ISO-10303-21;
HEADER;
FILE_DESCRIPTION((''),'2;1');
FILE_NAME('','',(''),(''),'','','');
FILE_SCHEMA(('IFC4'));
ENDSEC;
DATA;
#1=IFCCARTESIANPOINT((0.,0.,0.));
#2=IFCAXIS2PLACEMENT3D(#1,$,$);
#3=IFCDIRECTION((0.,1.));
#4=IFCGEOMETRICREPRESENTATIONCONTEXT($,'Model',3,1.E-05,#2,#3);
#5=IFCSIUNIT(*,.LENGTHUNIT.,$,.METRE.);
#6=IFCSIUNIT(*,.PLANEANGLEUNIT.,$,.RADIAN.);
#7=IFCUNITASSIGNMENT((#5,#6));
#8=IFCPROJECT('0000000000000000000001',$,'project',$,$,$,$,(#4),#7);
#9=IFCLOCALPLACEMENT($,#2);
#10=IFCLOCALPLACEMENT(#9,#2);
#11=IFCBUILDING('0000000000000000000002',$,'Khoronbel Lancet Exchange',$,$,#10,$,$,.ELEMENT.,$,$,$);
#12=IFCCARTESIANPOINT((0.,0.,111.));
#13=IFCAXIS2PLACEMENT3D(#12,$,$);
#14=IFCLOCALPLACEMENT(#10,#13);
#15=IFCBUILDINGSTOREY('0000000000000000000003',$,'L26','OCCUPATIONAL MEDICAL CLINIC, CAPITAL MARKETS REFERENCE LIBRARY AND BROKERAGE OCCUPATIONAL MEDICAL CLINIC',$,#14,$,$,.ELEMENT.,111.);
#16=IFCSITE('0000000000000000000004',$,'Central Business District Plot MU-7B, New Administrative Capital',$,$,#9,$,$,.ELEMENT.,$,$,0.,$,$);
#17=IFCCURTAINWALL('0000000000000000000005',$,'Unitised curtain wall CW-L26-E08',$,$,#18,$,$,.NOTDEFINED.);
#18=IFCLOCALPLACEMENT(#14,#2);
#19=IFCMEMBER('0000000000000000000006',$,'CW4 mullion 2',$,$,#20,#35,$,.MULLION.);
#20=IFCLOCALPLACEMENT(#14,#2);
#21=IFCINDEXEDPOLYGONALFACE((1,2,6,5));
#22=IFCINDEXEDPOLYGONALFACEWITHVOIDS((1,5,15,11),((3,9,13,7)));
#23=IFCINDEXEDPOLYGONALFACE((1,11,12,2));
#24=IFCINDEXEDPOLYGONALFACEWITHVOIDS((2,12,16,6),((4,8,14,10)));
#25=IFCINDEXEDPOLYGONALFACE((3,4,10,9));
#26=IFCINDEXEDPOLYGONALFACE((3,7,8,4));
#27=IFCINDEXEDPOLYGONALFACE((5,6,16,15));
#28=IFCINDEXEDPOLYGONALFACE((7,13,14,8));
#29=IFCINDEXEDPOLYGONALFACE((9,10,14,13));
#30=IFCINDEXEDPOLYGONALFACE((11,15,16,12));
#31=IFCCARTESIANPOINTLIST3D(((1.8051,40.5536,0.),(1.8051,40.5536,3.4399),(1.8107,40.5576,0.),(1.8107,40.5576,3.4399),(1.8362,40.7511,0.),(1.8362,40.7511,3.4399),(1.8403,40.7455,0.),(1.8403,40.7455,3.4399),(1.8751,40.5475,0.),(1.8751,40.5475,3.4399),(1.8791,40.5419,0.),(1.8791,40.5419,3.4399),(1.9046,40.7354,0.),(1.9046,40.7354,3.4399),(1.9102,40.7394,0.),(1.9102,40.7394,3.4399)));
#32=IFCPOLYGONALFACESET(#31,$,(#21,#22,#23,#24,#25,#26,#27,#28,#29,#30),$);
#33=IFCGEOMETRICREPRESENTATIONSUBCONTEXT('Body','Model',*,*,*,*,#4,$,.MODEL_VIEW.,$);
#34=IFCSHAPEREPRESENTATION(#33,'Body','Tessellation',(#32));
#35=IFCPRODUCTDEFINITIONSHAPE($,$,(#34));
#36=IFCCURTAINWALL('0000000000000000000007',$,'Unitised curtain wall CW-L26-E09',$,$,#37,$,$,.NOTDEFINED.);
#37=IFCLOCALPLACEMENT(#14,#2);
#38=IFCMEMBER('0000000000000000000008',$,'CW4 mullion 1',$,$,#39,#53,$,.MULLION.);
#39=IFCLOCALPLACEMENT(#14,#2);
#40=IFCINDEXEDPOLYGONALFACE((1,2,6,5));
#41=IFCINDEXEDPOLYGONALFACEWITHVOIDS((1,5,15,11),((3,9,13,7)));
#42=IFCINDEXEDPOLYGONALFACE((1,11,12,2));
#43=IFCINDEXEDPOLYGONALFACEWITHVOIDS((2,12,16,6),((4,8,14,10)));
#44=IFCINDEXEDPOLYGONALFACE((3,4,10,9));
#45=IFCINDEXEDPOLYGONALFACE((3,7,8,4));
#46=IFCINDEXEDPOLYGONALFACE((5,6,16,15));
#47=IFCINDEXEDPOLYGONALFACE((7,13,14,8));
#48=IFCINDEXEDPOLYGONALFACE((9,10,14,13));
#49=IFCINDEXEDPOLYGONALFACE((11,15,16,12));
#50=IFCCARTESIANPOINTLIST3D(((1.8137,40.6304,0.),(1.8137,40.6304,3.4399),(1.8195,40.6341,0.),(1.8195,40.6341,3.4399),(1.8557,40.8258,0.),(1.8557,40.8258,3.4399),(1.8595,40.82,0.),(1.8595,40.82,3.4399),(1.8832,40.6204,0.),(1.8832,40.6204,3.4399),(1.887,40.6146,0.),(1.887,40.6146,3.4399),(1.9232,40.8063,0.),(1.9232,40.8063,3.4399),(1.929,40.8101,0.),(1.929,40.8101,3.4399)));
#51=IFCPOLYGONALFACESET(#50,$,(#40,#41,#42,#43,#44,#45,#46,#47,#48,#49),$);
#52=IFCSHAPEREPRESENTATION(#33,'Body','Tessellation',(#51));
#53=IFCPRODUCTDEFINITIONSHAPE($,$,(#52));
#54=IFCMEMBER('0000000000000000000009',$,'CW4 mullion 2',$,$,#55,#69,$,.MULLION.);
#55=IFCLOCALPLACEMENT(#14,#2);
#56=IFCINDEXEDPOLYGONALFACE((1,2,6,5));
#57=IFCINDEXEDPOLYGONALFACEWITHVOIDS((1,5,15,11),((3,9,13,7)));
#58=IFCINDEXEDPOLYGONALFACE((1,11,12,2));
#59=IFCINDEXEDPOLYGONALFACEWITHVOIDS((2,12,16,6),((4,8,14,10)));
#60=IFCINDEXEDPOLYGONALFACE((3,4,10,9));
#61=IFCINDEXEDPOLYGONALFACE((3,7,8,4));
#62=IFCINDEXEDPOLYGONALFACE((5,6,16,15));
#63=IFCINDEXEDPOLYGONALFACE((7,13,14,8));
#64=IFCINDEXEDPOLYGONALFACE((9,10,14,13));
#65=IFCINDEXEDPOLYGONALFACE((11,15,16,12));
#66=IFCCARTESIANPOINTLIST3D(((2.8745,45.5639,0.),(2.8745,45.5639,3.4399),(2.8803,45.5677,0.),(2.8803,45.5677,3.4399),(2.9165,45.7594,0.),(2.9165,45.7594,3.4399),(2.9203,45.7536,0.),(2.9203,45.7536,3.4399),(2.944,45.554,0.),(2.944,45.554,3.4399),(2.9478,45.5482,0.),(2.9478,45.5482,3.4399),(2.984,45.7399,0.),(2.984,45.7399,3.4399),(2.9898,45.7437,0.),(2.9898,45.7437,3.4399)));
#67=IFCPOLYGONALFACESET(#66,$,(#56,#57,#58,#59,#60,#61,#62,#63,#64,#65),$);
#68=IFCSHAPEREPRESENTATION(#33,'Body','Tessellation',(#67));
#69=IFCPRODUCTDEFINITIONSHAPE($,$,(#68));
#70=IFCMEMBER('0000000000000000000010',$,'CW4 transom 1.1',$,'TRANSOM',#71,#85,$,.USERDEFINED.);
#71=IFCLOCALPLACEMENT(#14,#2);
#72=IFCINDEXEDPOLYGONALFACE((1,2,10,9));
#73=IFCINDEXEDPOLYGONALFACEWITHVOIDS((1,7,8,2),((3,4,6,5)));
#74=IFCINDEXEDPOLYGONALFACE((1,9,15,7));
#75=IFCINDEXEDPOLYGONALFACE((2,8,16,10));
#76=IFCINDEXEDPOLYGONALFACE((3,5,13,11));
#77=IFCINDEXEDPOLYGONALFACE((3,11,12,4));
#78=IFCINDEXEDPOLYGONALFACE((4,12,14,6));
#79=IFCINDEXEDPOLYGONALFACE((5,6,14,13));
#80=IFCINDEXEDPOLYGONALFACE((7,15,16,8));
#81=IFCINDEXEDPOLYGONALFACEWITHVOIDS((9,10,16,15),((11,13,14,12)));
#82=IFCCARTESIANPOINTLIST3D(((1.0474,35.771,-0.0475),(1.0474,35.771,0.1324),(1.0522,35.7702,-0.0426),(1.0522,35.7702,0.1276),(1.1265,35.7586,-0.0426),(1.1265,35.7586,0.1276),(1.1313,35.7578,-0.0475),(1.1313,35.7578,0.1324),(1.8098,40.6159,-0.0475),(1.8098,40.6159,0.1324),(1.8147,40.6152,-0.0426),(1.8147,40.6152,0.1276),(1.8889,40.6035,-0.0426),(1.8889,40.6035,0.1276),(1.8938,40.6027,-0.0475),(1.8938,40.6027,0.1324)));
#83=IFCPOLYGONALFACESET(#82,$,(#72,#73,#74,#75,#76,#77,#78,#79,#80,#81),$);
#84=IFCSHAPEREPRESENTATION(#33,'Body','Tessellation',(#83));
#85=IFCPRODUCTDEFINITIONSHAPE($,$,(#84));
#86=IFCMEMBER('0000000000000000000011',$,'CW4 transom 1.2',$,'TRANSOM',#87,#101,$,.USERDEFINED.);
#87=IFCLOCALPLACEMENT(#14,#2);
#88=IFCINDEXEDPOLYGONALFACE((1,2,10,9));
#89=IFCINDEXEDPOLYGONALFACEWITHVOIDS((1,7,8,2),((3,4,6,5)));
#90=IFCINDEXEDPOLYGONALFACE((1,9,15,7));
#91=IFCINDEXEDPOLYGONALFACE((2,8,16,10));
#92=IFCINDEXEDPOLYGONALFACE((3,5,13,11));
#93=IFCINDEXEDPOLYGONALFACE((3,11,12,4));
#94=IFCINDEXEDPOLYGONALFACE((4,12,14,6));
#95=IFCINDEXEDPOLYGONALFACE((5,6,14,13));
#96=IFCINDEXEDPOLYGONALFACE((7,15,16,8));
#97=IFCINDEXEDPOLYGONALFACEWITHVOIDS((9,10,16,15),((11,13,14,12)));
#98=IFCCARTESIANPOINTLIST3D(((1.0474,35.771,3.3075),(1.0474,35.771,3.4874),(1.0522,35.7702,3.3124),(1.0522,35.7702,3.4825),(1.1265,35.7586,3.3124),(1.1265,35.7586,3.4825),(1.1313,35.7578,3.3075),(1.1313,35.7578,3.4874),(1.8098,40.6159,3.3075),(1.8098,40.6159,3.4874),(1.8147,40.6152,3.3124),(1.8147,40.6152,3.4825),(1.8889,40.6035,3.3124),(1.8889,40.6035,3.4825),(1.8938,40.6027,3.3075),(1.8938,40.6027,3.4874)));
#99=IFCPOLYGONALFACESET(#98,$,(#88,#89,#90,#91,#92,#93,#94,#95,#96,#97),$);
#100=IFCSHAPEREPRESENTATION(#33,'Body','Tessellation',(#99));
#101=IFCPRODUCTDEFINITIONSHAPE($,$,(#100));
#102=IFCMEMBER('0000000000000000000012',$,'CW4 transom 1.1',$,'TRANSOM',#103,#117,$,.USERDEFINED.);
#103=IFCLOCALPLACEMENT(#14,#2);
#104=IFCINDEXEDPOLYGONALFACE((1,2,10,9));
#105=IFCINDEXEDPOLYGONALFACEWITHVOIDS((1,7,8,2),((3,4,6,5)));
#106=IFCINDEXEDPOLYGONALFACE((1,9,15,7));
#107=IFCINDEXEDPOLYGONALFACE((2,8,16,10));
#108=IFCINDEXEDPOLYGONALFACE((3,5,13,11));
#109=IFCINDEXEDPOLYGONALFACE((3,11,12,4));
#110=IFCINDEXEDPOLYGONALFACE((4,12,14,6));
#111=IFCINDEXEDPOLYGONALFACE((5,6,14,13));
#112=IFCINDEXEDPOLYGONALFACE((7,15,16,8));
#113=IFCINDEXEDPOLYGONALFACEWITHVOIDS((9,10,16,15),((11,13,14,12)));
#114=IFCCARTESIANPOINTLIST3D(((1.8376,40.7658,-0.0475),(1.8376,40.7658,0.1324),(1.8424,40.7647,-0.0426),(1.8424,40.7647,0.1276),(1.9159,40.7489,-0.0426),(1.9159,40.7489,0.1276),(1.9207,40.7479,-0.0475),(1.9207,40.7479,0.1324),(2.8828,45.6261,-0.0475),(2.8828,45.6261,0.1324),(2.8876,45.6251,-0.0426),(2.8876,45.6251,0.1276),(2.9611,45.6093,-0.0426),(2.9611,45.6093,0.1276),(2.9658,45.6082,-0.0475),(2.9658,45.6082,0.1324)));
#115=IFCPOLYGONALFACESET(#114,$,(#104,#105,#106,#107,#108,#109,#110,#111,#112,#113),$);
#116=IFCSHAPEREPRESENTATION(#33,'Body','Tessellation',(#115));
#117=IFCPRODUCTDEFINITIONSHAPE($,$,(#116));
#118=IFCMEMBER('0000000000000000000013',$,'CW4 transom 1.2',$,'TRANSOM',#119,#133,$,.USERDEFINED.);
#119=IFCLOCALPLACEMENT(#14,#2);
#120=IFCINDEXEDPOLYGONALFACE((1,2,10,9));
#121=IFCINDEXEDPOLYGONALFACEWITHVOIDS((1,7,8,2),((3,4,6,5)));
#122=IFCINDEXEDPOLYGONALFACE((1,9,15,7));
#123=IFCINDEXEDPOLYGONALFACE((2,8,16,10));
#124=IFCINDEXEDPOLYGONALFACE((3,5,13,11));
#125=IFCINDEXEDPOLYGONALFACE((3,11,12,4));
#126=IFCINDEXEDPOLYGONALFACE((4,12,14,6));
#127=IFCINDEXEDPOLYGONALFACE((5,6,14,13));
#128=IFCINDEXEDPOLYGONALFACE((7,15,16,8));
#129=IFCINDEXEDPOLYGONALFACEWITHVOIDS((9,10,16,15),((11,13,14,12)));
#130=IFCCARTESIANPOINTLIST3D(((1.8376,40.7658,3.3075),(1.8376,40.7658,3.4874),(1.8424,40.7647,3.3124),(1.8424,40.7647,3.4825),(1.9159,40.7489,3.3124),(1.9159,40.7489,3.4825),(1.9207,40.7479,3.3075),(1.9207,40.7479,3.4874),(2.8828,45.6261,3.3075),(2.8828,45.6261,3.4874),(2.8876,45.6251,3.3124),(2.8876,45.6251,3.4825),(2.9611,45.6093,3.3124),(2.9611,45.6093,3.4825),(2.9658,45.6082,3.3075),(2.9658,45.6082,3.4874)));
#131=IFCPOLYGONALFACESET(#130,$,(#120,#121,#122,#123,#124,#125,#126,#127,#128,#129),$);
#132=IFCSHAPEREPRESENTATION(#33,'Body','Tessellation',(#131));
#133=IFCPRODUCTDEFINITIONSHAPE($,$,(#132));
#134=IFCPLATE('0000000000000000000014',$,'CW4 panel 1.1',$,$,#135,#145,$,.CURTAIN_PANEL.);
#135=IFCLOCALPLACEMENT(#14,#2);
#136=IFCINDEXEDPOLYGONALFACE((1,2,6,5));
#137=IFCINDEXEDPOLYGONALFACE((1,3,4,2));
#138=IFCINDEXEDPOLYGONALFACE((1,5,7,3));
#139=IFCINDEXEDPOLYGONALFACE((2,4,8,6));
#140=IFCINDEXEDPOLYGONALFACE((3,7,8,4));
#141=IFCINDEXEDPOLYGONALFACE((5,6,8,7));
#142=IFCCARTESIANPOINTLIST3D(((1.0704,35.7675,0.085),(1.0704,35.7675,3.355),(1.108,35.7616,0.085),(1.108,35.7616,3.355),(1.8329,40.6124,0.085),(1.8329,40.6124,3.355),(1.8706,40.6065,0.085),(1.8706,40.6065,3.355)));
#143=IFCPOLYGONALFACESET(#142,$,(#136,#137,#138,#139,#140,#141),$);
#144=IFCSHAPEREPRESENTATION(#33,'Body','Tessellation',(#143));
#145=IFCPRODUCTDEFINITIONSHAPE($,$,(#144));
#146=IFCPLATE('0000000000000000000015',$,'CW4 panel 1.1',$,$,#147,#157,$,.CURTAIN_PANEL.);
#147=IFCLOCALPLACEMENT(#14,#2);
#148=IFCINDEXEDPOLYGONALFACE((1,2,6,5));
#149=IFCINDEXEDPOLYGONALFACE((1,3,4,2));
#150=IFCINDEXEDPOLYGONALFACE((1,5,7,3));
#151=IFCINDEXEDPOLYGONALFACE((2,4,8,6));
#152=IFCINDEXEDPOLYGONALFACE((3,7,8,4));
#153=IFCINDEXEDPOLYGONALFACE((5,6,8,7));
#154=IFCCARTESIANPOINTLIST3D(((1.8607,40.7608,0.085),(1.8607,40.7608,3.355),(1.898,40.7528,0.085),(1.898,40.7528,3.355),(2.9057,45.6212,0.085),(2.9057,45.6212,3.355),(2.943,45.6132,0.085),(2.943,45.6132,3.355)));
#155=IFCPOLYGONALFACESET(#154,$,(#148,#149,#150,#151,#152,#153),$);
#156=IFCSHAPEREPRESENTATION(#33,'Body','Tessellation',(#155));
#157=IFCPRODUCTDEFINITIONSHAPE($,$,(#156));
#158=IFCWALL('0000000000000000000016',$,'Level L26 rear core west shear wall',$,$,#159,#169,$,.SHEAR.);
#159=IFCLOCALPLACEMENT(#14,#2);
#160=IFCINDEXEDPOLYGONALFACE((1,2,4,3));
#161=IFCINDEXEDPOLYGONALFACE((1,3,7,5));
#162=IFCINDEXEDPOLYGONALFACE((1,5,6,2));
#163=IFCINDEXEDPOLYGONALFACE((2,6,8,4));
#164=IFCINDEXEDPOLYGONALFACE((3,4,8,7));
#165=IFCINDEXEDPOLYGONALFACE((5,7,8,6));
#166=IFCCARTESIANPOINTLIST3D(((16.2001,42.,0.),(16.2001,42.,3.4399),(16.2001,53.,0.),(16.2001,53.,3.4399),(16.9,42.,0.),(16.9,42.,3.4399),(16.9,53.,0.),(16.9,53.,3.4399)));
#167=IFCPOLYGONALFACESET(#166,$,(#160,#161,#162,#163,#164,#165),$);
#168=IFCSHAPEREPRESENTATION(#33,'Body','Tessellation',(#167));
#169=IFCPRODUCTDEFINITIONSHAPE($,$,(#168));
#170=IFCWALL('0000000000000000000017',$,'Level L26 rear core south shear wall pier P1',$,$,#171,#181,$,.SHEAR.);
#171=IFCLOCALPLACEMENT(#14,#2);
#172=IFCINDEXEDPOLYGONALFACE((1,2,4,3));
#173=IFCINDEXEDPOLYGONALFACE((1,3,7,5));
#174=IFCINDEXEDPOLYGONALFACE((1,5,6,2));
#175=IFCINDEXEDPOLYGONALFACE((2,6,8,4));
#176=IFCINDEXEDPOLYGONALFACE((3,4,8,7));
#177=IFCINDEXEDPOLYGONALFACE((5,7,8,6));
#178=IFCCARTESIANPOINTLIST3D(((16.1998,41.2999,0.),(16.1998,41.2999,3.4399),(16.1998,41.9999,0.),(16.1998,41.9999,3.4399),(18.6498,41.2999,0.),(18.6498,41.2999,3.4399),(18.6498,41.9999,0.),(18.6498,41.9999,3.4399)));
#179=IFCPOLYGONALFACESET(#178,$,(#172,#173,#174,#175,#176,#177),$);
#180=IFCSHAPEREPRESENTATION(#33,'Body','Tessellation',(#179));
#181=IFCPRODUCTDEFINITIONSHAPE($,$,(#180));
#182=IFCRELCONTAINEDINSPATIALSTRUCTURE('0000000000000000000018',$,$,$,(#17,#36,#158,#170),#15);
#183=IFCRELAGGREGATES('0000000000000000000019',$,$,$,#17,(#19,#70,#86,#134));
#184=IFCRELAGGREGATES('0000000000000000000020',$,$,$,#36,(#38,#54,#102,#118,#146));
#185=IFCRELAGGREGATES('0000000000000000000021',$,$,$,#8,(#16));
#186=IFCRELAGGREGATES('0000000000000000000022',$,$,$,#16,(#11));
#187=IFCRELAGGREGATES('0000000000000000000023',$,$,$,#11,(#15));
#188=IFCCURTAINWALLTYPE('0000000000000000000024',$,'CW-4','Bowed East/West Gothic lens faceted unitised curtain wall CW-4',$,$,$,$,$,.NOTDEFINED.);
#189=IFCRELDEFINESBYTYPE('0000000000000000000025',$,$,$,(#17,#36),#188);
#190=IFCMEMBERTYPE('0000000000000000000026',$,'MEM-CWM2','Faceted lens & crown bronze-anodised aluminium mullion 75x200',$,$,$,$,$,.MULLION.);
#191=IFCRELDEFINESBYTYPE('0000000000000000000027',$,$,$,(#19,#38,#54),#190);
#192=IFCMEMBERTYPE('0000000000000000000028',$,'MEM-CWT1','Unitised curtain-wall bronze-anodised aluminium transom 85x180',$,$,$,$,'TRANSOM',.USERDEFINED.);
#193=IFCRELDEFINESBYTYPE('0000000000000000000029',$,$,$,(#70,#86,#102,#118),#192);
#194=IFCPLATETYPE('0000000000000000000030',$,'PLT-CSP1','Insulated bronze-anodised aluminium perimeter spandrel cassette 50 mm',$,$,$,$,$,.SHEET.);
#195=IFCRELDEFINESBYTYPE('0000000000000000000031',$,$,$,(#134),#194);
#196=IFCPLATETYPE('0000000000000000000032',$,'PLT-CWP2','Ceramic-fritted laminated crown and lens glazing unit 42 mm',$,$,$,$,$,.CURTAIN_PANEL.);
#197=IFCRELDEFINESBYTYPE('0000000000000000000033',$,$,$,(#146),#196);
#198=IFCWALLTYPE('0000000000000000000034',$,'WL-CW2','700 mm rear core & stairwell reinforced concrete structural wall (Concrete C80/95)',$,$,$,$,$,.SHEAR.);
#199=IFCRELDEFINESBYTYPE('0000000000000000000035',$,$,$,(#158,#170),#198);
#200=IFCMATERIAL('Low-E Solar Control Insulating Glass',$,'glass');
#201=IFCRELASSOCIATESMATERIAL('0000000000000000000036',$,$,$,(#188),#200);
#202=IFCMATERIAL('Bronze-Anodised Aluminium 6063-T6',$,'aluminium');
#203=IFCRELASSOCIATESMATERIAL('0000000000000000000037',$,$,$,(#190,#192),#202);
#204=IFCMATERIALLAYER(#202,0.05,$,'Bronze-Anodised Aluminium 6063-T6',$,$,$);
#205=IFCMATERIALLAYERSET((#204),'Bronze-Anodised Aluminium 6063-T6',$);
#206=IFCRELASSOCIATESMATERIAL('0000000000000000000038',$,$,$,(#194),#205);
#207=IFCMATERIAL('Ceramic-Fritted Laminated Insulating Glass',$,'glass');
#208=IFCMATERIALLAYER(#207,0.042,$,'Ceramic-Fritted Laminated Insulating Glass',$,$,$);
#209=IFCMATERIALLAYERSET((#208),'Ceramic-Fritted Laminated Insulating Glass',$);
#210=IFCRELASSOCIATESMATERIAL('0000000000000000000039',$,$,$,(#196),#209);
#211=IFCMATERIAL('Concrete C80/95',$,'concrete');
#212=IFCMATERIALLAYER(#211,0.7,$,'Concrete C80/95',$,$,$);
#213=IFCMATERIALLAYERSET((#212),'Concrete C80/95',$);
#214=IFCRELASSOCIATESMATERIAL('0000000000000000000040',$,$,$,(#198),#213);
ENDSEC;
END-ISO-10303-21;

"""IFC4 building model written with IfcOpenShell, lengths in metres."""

from ifc_helpers import new_model, si_unit, direction, frame, frame_2d, origin, origin_2d, place, context, subcontext, project, spatial, rectangle, hollow_rectangle, extrude, material, layer, layer_set, material_profile, profile_set, type_object, element, aggregate, save


model = new_model("IFC4")

# Units and contexts
model_context = context("Model", 3, precision=1e-05, world=origin(), true_north=direction((0.0, 1.0)))
body_context = subcontext(model_context, "Body", "Model", "MODEL_VIEW")
ifc_project = project(units=[si_unit("LENGTHUNIT", "METRE"), si_unit("PLANEANGLEUNIT", "RADIAN")], contexts=[model_context])

# Site, building, storey
site_placement = place(None, origin())
site = spatial("IfcSite", under=ifc_project, at=site_placement, Name="Central Business District Plot MU-7B, New Administrative Capital", CompositionType="ELEMENT", RefElevation=0.0)
building_placement = place(site_placement, origin())
building = spatial("IfcBuilding", under=site, at=building_placement, Name="Khoronbel Lancet Exchange", CompositionType="ELEMENT")
storey_placement = place(building_placement, frame((0.0, 0.0, 111.0)))
storey = spatial("IfcBuildingStorey", under=building, at=storey_placement, Name="L26", Description="OCCUPATIONAL MEDICAL CLINIC, CAPITAL MARKETS REFERENCE LIBRARY AND BROKERAGE OCCUPATIONAL MEDICAL CLINIC", CompositionType="ELEMENT", Elevation=111.0)

# Curtain walls, members
ifc_material_1 = material(Name="Low-E Solar Control Insulating Glass", Category="glass")
curtain_wall_type = type_object("IfcCurtainWallType", Name="CW-4", Description="Bowed East/West Gothic lens faceted unitised curtain wall CW-4", PredefinedType="NOTDEFINED", material=ifc_material_1)
curtain_wall_1_placement = place(storey_placement, origin())
curtain_wall_1 = element("IfcCurtainWall", 1, at=curtain_wall_1_placement, inside=storey, type_object=curtain_wall_type, Name="Unitised curtain wall CW-L26-E08", PredefinedType="NOTDEFINED")
ifc_material_2 = material(Name="Bronze-Anodised Aluminium 6063-T6", Category="aluminium")
ifc_material_profile_1 = material_profile(ifc_material_2, hollow_rectangle(XDim=0.075, YDim=0.2, WallThickness=0.0049, at=origin_2d()), Name="ALU MULLION 75x200")
ifc_profile_set_1 = profile_set([ifc_material_profile_1], Name="Bronze-Anodised Aluminium 6063-T6")
member_type_1 = type_object("IfcMemberType", Name="MEM-CWM2", Description="Faceted lens & crown bronze-anodised aluminium mullion 75x200", PredefinedType="MULLION", material=ifc_profile_set_1)
member_1_placement = place(storey_placement, frame((1.8577, 40.6465, 0.0), z_axis=(0.0, 0.0, 1.0), x_axis=(-0.987839, 0.155483, 0.0)))
member_1 = element("IfcMember", 2, at=member_1_placement, type_object=member_type_1, Name="CW4 mullion 2", PredefinedType="MULLION", context=body_context, shape_type="SweptSolid", body=[
    extrude(hollow_rectangle(XDim=0.075, YDim=0.2, WallThickness=0.0049, at=origin_2d()), origin(), (0.0, 0.0, 1.0), 3.4399),
])
curtain_wall_2_placement = place(storey_placement, origin())
curtain_wall_2 = element("IfcCurtainWall", 3, at=curtain_wall_2_placement, inside=storey, type_object=curtain_wall_type, Name="Unitised curtain wall CW-L26-E09", PredefinedType="NOTDEFINED")
member_2_placement = place(storey_placement, frame((1.8713, 40.7202, 0.0), z_axis=(0.0, 0.0, 1.0), x_axis=(-0.977658, 0.2102, 0.0)))
member_2 = element("IfcMember", 4, at=member_2_placement, type_object=member_type_1, Name="CW4 mullion 1", PredefinedType="MULLION", context=body_context, shape_type="SweptSolid", body=[
    extrude(hollow_rectangle(XDim=0.075, YDim=0.2, WallThickness=0.0049, at=origin_2d()), origin(), (0.0, 0.0, 1.0), 3.4399),
])
member_3_placement = place(storey_placement, frame((2.9321, 45.6538, 0.0), z_axis=(0.0, 0.0, 1.0), x_axis=(-0.977658, 0.2102, 0.0)))
member_3 = element("IfcMember", 5, at=member_3_placement, type_object=member_type_1, Name="CW4 mullion 2", PredefinedType="MULLION", context=body_context, shape_type="SweptSolid", body=[
    extrude(hollow_rectangle(XDim=0.075, YDim=0.2, WallThickness=0.0049, at=origin_2d()), origin(), (0.0, 0.0, 1.0), 3.4399),
])

# Members
ifc_material_profile_2 = material_profile(ifc_material_2, hollow_rectangle(XDim=0.085, YDim=0.1799, WallThickness=0.0049, at=origin_2d()), Name="ALU TRANSOM 85x180")
ifc_profile_set_2 = profile_set([ifc_material_profile_2], Name="Bronze-Anodised Aluminium 6063-T6")
member_type_2 = type_object("IfcMemberType", Name="MEM-CWT1", Description="Unitised curtain-wall bronze-anodised aluminium transom 85x180", ElementType="TRANSOM", PredefinedType="USERDEFINED", material=ifc_profile_set_2)
member_4_placement = place(storey_placement, frame((1.0894, 35.7644, 0.0425), z_axis=(0.155456, 0.987843, 0.0), x_axis=(-0.987843, 0.155456, 0.0)))
member_4 = element("IfcMember", 6, at=member_4_placement, type_object=member_type_2, Name="CW4 transom 1.1", ObjectType="TRANSOM", PredefinedType="USERDEFINED", context=body_context, shape_type="SweptSolid", body=[
    extrude(hollow_rectangle(XDim=0.085, YDim=0.1799, WallThickness=0.0049, at=origin_2d()), origin(), (0.0, 0.0, 1.0), 4.9045),
])
member_5_placement = place(storey_placement, frame((1.0894, 35.7644, 3.3975), z_axis=(0.155456, 0.987843, 0.0), x_axis=(-0.987843, 0.155456, 0.0)))
member_5 = element("IfcMember", 7, at=member_5_placement, type_object=member_type_2, Name="CW4 transom 1.2", ObjectType="TRANSOM", PredefinedType="USERDEFINED", context=body_context, shape_type="SweptSolid", body=[
    extrude(hollow_rectangle(XDim=0.085, YDim=0.1799, WallThickness=0.0049, at=origin_2d()), origin(), (0.0, 0.0, 1.0), 4.9045),
])
member_6_placement = place(storey_placement, frame((1.8792, 40.7568, 0.0425), z_axis=(0.210233, 0.977651, 0.0), x_axis=(-0.977651, 0.210233, 0.0)))
member_6 = element("IfcMember", 8, at=member_6_placement, type_object=member_type_2, Name="CW4 transom 1.1", ObjectType="TRANSOM", PredefinedType="USERDEFINED", context=body_context, shape_type="SweptSolid", body=[
    extrude(hollow_rectangle(XDim=0.085, YDim=0.1799, WallThickness=0.0049, at=origin_2d()), origin(), (0.0, 0.0, 1.0), 4.9714),
])
member_7_placement = place(storey_placement, frame((1.8792, 40.7568, 3.3975), z_axis=(0.210233, 0.977651, 0.0), x_axis=(-0.977651, 0.210233, 0.0)))
member_7 = element("IfcMember", 9, at=member_7_placement, type_object=member_type_2, Name="CW4 transom 1.2", ObjectType="TRANSOM", PredefinedType="USERDEFINED", context=body_context, shape_type="SweptSolid", body=[
    extrude(hollow_rectangle(XDim=0.085, YDim=0.1799, WallThickness=0.0049, at=origin_2d()), origin(), (0.0, 0.0, 1.0), 4.9714),
])

# Plates
ifc_layer_1 = layer(ifc_material_2, 0.05, Name="Bronze-Anodised Aluminium 6063-T6")
ifc_layer_set_1 = layer_set([ifc_layer_1], Name="Bronze-Anodised Aluminium 6063-T6")
plate_type_1 = type_object("IfcPlateType", Name="PLT-CSP1", Description="Insulated bronze-anodised aluminium perimeter spandrel cassette 50 mm", PredefinedType="SHEET", material=ifc_layer_set_1)
plate_1_placement = place(storey_placement, frame((1.4705, 38.187, 0.085), z_axis=(0.0, 0.0, 1.0), x_axis=(0.155483, 0.987839, 0.0)))
plate_1 = element("IfcPlate", 10, at=plate_1_placement, type_object=plate_type_1, Name="CW4 panel 1.1", PredefinedType="CURTAIN_PANEL", context=body_context, shape_type="SweptSolid", body=[
    extrude(rectangle(XDim=4.9045, YDim=0.0381, at=origin_2d()), origin(), (0.0, 0.0, 1.0), 3.27),
])
aggregate(curtain_wall_1, [member_1, member_4, member_5, plate_1])
ifc_material_3 = material(Name="Ceramic-Fritted Laminated Insulating Glass", Category="glass")
ifc_layer_2 = layer(ifc_material_3, 0.042, Name="Ceramic-Fritted Laminated Insulating Glass")
ifc_layer_set_2 = layer_set([ifc_layer_2], Name="Ceramic-Fritted Laminated Insulating Glass")
plate_type_2 = type_object("IfcPlateType", Name="PLT-CWP2", Description="Ceramic-fritted laminated crown and lens glazing unit 42 mm", PredefinedType="CURTAIN_PANEL", material=ifc_layer_set_2)
plate_2_placement = place(storey_placement, frame((2.4019, 43.187, 0.085), z_axis=(0.0, 0.0, 1.0), x_axis=(0.2102, 0.977658, 0.0)))
plate_2 = element("IfcPlate", 11, at=plate_2_placement, type_object=plate_type_2, Name="CW4 panel 1.1", PredefinedType="CURTAIN_PANEL", context=body_context, shape_type="SweptSolid", body=[
    extrude(rectangle(XDim=4.9714, YDim=0.0381, at=origin_2d()), origin(), (0.0, 0.0, 1.0), 3.27),
])
aggregate(curtain_wall_2, [member_2, member_3, member_6, member_7, plate_2])

# Walls
ifc_material_4 = material(Name="Concrete C80/95", Category="concrete")
ifc_layer_3 = layer(ifc_material_4, 0.7, Name="Concrete C80/95")
ifc_layer_set_3 = layer_set([ifc_layer_3], Name="Concrete C80/95")
wall_type_1 = type_object("IfcWallType", Name="WL-CW2", Description="700 mm rear core & stairwell reinforced concrete structural wall (Concrete C80/95)", PredefinedType="SHEAR", material=ifc_layer_set_3)
wall_1_placement = place(storey_placement, frame((16.55, 42.0, 0.0), z_axis=(0.0, 0.0, 1.0), x_axis=(0.0, 1.0, 0.0)))
element("IfcWall", 12, at=wall_1_placement, inside=storey, type_object=wall_type_1, Name="Level L26 rear core west shear wall", PredefinedType="SHEAR", context=body_context, shape_type="SweptSolid", body=[
    extrude(rectangle(XDim=11.0, YDim=0.7, at=frame_2d((5.5, 0.0))), origin(), (0.0, 0.0, 1.0), 3.4399),
])
wall_2_placement = place(storey_placement, frame((18.6499, 41.6499, 0.0), z_axis=(0.0, 0.0, 1.0), x_axis=(-1.0, 0.0, 0.0)))
element("IfcWall", 13, at=wall_2_placement, inside=storey, type_object=wall_type_1, Name="Level L26 rear core south shear wall pier P1", PredefinedType="SHEAR", context=body_context, shape_type="SweptSolid", body=[
    extrude(rectangle(XDim=2.45, YDim=0.7, at=frame_2d((1.2251, 0.0))), origin(), (0.0, 0.0, 1.0), 3.4399),
])

save(model, "model.ifc")
